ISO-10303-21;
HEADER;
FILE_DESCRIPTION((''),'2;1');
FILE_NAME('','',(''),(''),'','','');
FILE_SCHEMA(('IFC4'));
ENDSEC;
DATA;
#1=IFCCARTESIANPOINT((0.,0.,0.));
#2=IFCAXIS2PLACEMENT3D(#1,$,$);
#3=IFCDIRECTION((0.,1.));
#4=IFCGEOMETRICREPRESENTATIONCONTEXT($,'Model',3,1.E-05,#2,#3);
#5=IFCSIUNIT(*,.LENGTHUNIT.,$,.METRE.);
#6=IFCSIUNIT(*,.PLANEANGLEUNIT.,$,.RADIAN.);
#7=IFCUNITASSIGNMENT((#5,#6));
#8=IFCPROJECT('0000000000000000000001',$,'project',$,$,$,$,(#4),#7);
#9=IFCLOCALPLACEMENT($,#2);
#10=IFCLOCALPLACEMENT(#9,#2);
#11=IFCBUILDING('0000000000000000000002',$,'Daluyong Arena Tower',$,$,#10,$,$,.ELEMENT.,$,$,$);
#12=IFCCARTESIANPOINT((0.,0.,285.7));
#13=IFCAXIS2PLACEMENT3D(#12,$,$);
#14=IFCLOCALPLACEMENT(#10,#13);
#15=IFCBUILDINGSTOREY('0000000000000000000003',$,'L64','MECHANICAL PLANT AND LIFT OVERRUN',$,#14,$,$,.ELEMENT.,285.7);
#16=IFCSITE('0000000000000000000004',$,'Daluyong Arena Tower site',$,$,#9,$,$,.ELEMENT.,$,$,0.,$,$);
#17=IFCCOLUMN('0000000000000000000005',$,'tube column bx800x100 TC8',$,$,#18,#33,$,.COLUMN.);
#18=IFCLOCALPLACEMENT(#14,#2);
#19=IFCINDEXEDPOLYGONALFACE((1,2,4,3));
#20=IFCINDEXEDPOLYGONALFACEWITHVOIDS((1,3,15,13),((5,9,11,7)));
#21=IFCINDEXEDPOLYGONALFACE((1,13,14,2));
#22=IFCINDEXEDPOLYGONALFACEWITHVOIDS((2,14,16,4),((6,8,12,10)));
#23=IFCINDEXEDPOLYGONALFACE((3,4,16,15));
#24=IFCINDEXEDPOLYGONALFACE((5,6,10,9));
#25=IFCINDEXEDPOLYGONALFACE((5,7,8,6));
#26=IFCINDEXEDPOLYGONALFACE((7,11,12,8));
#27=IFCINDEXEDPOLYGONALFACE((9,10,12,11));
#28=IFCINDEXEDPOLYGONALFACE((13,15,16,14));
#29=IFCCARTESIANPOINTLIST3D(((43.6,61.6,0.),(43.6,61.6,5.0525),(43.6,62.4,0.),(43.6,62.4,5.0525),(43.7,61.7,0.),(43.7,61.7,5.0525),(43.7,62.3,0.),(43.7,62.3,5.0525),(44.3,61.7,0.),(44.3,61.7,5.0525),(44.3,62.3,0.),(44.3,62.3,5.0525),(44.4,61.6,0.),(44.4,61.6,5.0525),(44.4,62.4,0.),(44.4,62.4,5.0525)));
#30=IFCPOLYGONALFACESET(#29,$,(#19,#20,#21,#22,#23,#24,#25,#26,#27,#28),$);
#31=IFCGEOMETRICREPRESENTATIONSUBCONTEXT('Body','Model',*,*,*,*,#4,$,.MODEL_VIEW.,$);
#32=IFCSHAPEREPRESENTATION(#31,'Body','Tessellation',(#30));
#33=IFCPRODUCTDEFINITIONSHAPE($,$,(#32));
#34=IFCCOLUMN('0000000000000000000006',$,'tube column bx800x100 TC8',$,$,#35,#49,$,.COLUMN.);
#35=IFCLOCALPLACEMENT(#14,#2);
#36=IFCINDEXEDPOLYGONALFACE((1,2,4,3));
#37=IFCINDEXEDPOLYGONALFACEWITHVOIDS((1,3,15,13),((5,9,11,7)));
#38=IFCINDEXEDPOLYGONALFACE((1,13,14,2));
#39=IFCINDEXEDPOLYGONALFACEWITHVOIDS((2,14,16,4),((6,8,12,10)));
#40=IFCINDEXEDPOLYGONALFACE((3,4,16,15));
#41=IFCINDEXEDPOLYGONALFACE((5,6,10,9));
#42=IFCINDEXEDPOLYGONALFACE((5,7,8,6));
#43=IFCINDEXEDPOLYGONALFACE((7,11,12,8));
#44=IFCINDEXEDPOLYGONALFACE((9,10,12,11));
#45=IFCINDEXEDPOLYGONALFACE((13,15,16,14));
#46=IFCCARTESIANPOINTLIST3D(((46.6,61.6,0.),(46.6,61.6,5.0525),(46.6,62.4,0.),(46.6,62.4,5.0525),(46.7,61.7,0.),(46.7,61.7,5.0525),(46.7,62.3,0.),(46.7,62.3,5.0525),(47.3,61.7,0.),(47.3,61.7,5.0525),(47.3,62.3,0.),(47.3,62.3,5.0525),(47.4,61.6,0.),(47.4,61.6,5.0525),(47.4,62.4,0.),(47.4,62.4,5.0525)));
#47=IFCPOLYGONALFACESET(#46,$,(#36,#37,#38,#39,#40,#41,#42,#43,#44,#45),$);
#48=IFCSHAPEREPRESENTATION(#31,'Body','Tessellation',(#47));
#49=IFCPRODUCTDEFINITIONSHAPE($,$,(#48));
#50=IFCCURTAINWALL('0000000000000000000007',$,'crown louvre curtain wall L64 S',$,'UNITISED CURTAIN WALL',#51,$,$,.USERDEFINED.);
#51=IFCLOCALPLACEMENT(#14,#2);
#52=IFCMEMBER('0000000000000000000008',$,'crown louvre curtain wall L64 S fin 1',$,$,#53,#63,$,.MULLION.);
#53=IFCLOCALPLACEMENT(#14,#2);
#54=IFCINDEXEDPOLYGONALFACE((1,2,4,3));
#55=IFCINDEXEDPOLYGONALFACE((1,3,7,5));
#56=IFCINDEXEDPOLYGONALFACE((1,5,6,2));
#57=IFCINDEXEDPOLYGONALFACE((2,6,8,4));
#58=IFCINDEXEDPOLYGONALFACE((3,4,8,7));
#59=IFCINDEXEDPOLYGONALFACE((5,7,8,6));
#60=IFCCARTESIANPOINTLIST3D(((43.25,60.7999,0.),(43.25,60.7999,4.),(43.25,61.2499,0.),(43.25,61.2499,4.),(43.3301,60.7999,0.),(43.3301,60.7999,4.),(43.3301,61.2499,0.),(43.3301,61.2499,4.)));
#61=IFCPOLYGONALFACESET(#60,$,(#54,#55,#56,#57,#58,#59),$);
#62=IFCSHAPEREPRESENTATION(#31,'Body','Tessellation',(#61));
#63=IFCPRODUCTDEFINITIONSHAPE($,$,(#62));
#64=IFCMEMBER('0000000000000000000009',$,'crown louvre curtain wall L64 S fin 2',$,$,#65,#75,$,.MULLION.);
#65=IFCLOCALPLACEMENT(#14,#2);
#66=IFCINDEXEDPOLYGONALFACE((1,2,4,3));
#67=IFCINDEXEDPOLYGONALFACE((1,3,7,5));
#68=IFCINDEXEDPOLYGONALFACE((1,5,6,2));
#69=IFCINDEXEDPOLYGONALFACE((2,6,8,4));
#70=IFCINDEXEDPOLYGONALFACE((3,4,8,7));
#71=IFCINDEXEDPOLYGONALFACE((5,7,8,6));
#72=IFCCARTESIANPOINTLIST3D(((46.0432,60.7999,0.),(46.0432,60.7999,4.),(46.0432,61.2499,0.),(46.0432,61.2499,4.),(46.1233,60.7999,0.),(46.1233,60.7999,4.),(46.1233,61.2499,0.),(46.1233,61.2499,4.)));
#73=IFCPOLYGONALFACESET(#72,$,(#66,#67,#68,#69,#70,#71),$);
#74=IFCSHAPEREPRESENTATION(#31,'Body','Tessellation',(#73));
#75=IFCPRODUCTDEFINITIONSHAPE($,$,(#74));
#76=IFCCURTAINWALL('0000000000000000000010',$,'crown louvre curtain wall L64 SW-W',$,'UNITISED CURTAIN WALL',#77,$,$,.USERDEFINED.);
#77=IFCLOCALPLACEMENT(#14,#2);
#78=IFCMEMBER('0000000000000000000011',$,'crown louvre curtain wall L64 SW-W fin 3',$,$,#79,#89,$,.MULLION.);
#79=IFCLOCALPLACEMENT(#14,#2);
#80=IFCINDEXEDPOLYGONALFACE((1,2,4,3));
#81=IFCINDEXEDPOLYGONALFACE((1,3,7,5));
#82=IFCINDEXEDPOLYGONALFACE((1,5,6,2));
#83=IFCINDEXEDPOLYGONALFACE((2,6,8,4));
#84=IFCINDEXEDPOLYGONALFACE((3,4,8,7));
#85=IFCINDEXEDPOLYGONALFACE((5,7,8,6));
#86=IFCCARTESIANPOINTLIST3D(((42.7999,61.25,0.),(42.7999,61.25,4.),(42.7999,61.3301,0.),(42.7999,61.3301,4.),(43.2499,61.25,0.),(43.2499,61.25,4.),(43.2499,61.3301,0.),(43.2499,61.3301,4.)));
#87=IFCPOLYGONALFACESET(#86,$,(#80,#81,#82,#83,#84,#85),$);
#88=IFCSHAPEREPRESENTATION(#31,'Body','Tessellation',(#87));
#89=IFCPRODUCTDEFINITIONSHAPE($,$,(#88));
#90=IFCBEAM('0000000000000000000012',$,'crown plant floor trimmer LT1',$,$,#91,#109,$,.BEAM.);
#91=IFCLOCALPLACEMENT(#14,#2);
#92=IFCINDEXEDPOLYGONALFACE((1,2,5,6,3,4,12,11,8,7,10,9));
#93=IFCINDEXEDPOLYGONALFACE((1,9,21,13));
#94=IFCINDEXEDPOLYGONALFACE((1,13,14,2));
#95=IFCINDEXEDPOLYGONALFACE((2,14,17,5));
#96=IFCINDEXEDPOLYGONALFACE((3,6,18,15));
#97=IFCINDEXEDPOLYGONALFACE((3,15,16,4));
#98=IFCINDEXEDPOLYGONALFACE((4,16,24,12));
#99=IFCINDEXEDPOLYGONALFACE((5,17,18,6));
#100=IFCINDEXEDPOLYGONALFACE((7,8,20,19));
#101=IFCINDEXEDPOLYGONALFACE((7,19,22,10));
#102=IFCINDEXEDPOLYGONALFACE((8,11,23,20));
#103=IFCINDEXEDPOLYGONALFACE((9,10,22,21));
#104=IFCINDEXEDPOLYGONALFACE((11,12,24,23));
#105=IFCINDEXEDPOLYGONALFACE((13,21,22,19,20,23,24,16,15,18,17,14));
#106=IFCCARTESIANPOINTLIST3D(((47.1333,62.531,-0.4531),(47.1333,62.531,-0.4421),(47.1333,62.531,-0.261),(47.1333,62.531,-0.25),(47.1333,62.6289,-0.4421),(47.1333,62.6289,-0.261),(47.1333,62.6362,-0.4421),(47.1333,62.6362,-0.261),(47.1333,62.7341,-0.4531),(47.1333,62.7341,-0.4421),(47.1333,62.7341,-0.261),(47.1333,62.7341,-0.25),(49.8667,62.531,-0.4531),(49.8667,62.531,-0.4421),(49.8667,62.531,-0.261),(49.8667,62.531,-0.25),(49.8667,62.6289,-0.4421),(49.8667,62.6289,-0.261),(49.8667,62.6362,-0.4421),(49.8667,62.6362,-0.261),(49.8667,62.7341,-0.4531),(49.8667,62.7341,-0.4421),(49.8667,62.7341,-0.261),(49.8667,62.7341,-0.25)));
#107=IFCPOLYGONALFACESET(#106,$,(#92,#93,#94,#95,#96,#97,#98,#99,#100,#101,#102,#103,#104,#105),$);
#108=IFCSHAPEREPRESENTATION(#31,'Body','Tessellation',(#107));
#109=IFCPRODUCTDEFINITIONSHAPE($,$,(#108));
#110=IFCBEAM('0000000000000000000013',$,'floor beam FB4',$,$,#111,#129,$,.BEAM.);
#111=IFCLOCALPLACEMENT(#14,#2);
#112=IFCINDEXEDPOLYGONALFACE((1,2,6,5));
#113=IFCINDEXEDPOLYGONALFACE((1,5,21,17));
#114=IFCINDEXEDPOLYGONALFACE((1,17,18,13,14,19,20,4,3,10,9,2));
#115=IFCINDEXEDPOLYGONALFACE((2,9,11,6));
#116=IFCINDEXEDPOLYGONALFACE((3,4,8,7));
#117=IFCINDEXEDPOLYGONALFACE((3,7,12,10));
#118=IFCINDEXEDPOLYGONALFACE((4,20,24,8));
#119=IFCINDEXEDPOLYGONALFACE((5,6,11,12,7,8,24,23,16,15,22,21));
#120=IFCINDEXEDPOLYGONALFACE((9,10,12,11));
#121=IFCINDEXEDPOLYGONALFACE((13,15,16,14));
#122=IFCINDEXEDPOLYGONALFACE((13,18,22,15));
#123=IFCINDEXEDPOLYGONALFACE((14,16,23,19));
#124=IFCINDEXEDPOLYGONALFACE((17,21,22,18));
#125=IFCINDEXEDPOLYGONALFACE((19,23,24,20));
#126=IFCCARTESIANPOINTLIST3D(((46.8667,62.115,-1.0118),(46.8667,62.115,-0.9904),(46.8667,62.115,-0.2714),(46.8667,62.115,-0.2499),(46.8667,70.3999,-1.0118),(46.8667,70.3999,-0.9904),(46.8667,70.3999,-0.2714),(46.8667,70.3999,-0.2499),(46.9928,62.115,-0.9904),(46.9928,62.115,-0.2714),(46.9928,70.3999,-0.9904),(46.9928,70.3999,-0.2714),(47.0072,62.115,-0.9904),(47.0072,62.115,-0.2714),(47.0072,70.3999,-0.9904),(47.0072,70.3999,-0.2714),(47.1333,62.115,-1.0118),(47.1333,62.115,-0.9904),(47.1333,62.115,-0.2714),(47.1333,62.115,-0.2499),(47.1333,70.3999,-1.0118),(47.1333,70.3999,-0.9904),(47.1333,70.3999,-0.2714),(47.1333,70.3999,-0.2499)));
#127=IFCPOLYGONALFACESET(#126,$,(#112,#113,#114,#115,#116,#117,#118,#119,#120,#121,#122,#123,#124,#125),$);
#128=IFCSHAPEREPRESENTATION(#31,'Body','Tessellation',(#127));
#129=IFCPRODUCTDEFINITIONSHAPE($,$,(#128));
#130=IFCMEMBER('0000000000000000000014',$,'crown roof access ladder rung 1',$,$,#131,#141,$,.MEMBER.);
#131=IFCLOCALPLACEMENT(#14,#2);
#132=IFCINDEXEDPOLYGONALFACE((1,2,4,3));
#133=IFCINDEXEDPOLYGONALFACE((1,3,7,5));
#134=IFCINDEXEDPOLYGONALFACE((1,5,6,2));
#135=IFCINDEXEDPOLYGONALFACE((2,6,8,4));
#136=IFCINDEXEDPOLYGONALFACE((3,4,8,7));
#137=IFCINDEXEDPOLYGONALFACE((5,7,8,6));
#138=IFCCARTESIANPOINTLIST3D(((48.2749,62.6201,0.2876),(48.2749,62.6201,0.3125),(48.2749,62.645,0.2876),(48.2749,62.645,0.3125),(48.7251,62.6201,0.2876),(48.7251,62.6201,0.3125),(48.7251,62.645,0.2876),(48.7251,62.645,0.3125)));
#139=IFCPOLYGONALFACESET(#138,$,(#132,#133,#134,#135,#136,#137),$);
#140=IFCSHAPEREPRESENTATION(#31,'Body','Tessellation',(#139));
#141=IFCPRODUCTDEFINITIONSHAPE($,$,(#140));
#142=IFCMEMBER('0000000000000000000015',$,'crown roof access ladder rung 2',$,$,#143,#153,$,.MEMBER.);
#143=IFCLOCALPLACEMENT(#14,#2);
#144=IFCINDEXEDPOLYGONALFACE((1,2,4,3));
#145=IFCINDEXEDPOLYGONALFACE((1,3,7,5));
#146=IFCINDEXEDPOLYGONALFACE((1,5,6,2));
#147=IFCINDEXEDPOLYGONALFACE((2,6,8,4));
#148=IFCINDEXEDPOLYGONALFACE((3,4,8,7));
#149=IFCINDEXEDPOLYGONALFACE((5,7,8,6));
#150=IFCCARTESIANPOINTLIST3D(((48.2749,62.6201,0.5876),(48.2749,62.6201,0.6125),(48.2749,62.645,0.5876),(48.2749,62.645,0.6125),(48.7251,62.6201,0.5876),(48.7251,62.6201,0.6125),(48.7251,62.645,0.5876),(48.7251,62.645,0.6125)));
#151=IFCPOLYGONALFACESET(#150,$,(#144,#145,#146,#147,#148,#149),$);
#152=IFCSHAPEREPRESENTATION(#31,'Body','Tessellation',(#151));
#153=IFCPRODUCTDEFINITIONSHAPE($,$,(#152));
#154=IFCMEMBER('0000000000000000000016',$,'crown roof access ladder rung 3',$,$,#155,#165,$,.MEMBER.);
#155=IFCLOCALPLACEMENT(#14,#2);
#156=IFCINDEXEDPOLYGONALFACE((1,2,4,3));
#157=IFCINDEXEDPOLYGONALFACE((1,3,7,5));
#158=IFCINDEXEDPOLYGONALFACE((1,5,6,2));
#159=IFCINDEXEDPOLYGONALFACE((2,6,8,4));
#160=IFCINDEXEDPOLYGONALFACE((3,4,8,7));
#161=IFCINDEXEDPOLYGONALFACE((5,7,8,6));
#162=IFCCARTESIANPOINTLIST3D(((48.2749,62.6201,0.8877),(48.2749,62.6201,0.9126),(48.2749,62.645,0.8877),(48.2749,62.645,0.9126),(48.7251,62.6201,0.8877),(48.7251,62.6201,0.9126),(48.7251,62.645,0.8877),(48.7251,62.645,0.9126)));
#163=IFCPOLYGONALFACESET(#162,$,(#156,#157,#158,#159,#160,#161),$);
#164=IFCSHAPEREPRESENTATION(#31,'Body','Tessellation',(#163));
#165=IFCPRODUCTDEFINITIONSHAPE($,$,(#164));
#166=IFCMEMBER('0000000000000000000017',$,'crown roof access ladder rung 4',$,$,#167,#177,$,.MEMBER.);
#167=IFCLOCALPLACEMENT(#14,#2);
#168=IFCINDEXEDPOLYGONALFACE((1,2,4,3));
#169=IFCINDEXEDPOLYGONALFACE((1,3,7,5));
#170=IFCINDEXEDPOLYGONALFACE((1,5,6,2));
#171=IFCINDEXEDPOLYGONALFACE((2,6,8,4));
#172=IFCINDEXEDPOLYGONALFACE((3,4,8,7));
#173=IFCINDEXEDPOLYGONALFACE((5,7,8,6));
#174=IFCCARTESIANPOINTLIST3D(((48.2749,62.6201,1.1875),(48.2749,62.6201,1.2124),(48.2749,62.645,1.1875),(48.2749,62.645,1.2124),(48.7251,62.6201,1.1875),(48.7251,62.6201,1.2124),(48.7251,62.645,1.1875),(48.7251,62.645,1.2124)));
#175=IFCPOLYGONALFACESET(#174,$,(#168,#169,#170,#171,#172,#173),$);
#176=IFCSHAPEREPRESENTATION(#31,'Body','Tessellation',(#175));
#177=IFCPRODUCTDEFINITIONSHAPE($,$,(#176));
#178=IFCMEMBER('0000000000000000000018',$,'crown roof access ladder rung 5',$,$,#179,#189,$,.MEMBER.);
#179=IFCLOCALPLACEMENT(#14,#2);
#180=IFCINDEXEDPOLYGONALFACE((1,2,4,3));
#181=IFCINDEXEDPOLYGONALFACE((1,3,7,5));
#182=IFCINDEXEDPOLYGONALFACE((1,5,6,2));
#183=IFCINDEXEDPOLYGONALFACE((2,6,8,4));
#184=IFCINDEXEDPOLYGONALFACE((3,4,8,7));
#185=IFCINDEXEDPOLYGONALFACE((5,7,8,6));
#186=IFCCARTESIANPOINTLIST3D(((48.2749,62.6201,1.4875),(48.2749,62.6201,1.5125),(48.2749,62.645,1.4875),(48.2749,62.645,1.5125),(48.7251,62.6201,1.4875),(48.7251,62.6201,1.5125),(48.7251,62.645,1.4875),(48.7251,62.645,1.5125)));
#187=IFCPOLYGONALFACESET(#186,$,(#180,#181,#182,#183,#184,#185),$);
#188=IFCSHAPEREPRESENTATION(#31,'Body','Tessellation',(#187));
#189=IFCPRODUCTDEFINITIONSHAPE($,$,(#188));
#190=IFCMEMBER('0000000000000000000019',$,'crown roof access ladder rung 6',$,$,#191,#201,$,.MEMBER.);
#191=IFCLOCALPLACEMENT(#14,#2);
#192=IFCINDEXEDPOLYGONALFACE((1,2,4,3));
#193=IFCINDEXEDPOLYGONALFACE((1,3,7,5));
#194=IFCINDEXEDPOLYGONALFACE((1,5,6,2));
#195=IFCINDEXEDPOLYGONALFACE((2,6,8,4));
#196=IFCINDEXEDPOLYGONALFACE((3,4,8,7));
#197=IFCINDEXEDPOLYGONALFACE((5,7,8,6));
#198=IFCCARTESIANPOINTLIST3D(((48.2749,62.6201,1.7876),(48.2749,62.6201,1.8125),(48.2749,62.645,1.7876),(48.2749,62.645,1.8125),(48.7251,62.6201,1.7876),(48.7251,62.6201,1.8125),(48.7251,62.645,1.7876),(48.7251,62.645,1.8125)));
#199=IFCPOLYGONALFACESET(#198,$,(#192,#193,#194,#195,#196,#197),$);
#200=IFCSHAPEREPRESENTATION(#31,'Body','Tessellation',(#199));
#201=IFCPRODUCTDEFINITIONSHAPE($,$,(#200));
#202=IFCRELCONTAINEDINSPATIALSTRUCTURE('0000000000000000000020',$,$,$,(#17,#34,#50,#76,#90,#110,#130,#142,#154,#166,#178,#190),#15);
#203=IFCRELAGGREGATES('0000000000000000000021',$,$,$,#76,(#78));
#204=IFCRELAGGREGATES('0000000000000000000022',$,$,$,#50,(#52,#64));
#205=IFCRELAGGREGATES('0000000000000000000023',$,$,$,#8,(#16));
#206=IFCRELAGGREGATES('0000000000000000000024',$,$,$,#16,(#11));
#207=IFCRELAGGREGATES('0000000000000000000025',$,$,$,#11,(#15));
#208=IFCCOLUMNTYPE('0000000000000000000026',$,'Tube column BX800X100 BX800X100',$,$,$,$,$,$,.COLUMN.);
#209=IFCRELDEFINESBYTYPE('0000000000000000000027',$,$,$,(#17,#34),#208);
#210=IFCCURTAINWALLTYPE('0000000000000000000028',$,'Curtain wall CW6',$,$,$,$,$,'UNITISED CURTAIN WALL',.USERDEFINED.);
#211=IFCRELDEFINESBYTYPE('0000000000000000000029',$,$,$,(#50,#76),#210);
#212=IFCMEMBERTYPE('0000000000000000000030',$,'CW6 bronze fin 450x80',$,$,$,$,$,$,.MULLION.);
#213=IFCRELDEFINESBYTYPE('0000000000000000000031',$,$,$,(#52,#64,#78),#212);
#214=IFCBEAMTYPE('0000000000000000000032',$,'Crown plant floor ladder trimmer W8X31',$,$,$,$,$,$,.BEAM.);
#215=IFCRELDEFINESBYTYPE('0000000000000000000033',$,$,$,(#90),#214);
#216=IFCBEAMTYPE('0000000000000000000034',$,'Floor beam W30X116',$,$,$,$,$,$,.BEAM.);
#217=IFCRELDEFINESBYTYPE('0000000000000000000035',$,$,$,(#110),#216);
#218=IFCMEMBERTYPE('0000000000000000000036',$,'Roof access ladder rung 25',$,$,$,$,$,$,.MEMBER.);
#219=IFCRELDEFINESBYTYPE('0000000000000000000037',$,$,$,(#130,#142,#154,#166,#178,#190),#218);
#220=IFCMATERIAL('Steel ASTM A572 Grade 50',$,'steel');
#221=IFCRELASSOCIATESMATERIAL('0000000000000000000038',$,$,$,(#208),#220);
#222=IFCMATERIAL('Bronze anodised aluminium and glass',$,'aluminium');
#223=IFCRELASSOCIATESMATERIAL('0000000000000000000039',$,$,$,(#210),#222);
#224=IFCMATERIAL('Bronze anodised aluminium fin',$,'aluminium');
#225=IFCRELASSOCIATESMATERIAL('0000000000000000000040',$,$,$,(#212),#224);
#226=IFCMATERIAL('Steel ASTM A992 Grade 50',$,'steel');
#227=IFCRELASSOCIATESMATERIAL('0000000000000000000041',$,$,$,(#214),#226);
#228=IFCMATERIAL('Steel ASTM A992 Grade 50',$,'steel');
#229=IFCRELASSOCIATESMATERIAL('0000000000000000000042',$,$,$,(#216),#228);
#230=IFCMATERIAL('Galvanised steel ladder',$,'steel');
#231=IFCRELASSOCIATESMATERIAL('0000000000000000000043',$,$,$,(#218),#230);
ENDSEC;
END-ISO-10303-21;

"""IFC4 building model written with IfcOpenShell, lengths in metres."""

from ifc_helpers import new_model, si_unit, direction, frame, origin, origin_2d, place, context, subcontext, project, spatial, rectangle, hollow_rectangle, i_section, extrude, material, material_profile, profile_set, type_object, element, aggregate, save


model = new_model("IFC4")

# Units and contexts
model_context = context("Model", 3, precision=1e-05, world=origin(), true_north=direction((0.0, 1.0)))
body_context = subcontext(model_context, "Body", "Model", "MODEL_VIEW")
ifc_project = project(units=[si_unit("LENGTHUNIT", "METRE"), si_unit("PLANEANGLEUNIT", "RADIAN")], contexts=[model_context])

# Site, building, storey
site_placement = place(None, origin())
site = spatial("IfcSite", under=ifc_project, at=site_placement, Name="Daluyong Arena Tower site", CompositionType="ELEMENT", RefElevation=0.0)
building_placement = place(site_placement, origin())
building = spatial("IfcBuilding", under=site, at=building_placement, Name="Daluyong Arena Tower", CompositionType="ELEMENT")
storey_placement = place(building_placement, frame((0.0, 0.0, 285.7)))
storey = spatial("IfcBuildingStorey", under=building, at=storey_placement, Name="L64", Description="MECHANICAL PLANT AND LIFT OVERRUN", CompositionType="ELEMENT", Elevation=285.7)

# Columns
ifc_material_1 = material(Name="Steel ASTM A572 Grade 50", Category="steel")
ifc_material_profile_1 = material_profile(ifc_material_1, hollow_rectangle(XDim=0.8, YDim=0.8, WallThickness=0.1, at=origin_2d()))
ifc_profile_set_1 = profile_set([ifc_material_profile_1], Name="Steel ASTM A572 Grade 50")
column_type = type_object("IfcColumnType", Name="Tube column BX800X100 BX800X100", PredefinedType="COLUMN", material=ifc_profile_set_1)
for number, where, z_axis, x_axis, name in (
    (1, (44.0, 62.0, 0.0), (0.0, 0.0, 1.0), (1.0, 0.0, 0.0), "tube column bx800x100 TC8"),
    (2, (47.0, 62.0, 0.0), (0.0, 0.0, 1.0), (1.0, 0.0, 0.0), "tube column bx800x100 TC8"),
):
    element("IfcColumn", number, at=place(storey_placement, frame(where, z_axis=z_axis, x_axis=x_axis)), inside=storey, type_object=column_type, Name=name, PredefinedType="COLUMN", context=body_context, shape_type="SweptSolid", body=[
        extrude(hollow_rectangle(XDim=0.8, YDim=0.8, WallThickness=0.1, at=origin_2d()), origin(), (0.0, 0.0, 1.0), 5.0525),
    ])

# Curtain wall, members
ifc_material_2 = material(Name="Bronze anodised aluminium and glass", Category="aluminium")
curtain_wall_type = type_object("IfcCurtainWallType", Name="Curtain wall CW6", ElementType="UNITISED CURTAIN WALL", PredefinedType="USERDEFINED", material=ifc_material_2)
curtain_wall_1_placement = place(storey_placement, origin())
curtain_wall_1 = element("IfcCurtainWall", 3, at=curtain_wall_1_placement, inside=storey, type_object=curtain_wall_type, Name="crown louvre curtain wall L64 S", ObjectType="UNITISED CURTAIN WALL", PredefinedType="USERDEFINED")
ifc_material_3 = material(Name="Bronze anodised aluminium fin", Category="aluminium")
ifc_material_profile_2 = material_profile(ifc_material_3, rectangle(XDim=0.45, YDim=0.0801, at=origin_2d()))
ifc_profile_set_2 = profile_set([ifc_material_profile_2], Name="Bronze anodised aluminium fin")
member_type_1 = type_object("IfcMemberType", Name="CW6 bronze fin 450x80", PredefinedType="MULLION", material=ifc_profile_set_2)
member_1_placement = place(storey_placement, frame((43.29, 61.0249, 0.0), z_axis=(0.0, 0.0, 1.0), x_axis=(0.0, 1.0, 0.0)))
member_1 = element("IfcMember", 4, at=member_1_placement, type_object=member_type_1, Name="crown louvre curtain wall L64 S fin 1", PredefinedType="MULLION", context=body_context, shape_type="SweptSolid", body=[
    extrude(rectangle(XDim=0.45, YDim=0.0801, at=origin_2d()), origin(), (0.0, 0.0, 1.0), 4.0),
])
member_2_placement = place(storey_placement, frame((46.0833, 61.0249, 0.0), z_axis=(0.0, 0.0, 1.0), x_axis=(0.0, 1.0, 0.0)))
member_2 = element("IfcMember", 5, at=member_2_placement, type_object=member_type_1, Name="crown louvre curtain wall L64 S fin 2", PredefinedType="MULLION", context=body_context, shape_type="SweptSolid", body=[
    extrude(rectangle(XDim=0.45, YDim=0.0801, at=origin_2d()), origin(), (0.0, 0.0, 1.0), 4.0),
])

# Curtain wall, member
curtain_wall_2_placement = place(storey_placement, origin())
curtain_wall_2 = element("IfcCurtainWall", 6, at=curtain_wall_2_placement, inside=storey, type_object=curtain_wall_type, Name="crown louvre curtain wall L64 SW-W", ObjectType="UNITISED CURTAIN WALL", PredefinedType="USERDEFINED")
member_3_placement = place(storey_placement, frame((43.0249, 61.29, 0.0), z_axis=(0.0, 0.0, 1.0), x_axis=(1.0, 0.0, 0.0)))
member_3 = element("IfcMember", 7, at=member_3_placement, type_object=member_type_1, Name="crown louvre curtain wall L64 SW-W fin 3", PredefinedType="MULLION", context=body_context, shape_type="SweptSolid", body=[
    extrude(rectangle(XDim=0.45, YDim=0.0801, at=origin_2d()), origin(), (0.0, 0.0, 1.0), 4.0),
])
aggregate(curtain_wall_2, [member_3])

# Beams
ifc_material_4 = material(Name="Steel ASTM A992 Grade 50", Category="steel")
ifc_material_profile_3 = material_profile(ifc_material_4, i_section(OverallWidth=0.2031, OverallDepth=0.2031, WebThickness=0.0073, FlangeThickness=0.011, at=origin_2d()))
ifc_profile_set_3 = profile_set([ifc_material_profile_3], Name="Steel ASTM A992 Grade 50")
beam_type_1 = type_object("IfcBeamType", Name="Crown plant floor ladder trimmer W8X31", PredefinedType="BEAM", material=ifc_profile_set_3)
beam_1_placement = place(storey_placement, frame((47.1333, 62.6326, -0.3516), z_axis=(1.0, 0.0, 0.0), x_axis=(0.0, 1.0, 0.0)))
element("IfcBeam", 8, at=beam_1_placement, inside=storey, type_object=beam_type_1, Name="crown plant floor trimmer LT1", PredefinedType="BEAM", context=body_context, shape_type="SweptSolid", body=[
    extrude(i_section(OverallWidth=0.2031, OverallDepth=0.2031, WebThickness=0.0073, FlangeThickness=0.011, at=origin_2d()), origin(), (0.0, 0.0, 1.0), 2.7334),
])
ifc_material_5 = material(Name="Steel ASTM A992 Grade 50", Category="steel")
ifc_material_profile_4 = material_profile(ifc_material_5, i_section(OverallWidth=0.2666, OverallDepth=0.762, WebThickness=0.0144, FlangeThickness=0.0215, at=origin_2d()))
ifc_profile_set_4 = profile_set([ifc_material_profile_4], Name="Steel ASTM A992 Grade 50")
beam_type_2 = type_object("IfcBeamType", Name="Floor beam W30X116", PredefinedType="BEAM", material=ifc_profile_set_4)
beam_2_placement = place(storey_placement, frame((47.0, 62.115, -0.6309), z_axis=(0.0, 1.0, 0.0), x_axis=(-1.0, 0.0, 0.0)))
element("IfcBeam", 9, at=beam_2_placement, inside=storey, type_object=beam_type_2, Name="floor beam FB4", PredefinedType="BEAM", context=body_context, shape_type="SweptSolid", body=[
    extrude(i_section(OverallWidth=0.2666, OverallDepth=0.762, WebThickness=0.0144, FlangeThickness=0.0215, at=origin_2d()), origin(), (0.0, 0.0, 1.0), 8.2849),
])

# Members
ifc_material_6 = material(Name="Galvanised steel ladder", Category="steel")
ifc_material_profile_5 = material_profile(ifc_material_6, rectangle(XDim=0.0249, YDim=0.0249, at=origin_2d()))
ifc_profile_set_5 = profile_set([ifc_material_profile_5], Name="Galvanised steel ladder")
member_type_2 = type_object("IfcMemberType", Name="Roof access ladder rung 25", PredefinedType="MEMBER", material=ifc_profile_set_5)
for number, where, z_axis, x_axis, name in (
    (10, (48.2749, 62.6326, 0.3), (1.0, 0.0, 0.0), (0.0, 1.0, 0.0), "crown roof access ladder rung 1"),
    (11, (48.2749, 62.6326, 0.6001), (1.0, 0.0, 0.0), (0.0, 1.0, 0.0), "crown roof access ladder rung 2"),
    (12, (48.2749, 62.6326, 0.9001), (1.0, 0.0, 0.0), (0.0, 1.0, 0.0), "crown roof access ladder rung 3"),
    (13, (48.2749, 62.6326, 1.2), (1.0, 0.0, 0.0), (0.0, 1.0, 0.0), "crown roof access ladder rung 4"),
    (14, (48.2749, 62.6326, 1.5), (1.0, 0.0, 0.0), (0.0, 1.0, 0.0), "crown roof access ladder rung 5"),
    (15, (48.2749, 62.6326, 1.8), (1.0, 0.0, 0.0), (0.0, 1.0, 0.0), "crown roof access ladder rung 6"),
):
    element("IfcMember", number, at=place(storey_placement, frame(where, z_axis=z_axis, x_axis=x_axis)), inside=storey, type_object=member_type_2, Name=name, PredefinedType="MEMBER", context=body_context, shape_type="SweptSolid", body=[
        extrude(rectangle(XDim=0.0249, YDim=0.0249, at=origin_2d()), origin(), (0.0, 0.0, 1.0), 0.4502),
    ])

aggregate(curtain_wall_1, [member_1, member_2])

save(model, "model.ifc")
